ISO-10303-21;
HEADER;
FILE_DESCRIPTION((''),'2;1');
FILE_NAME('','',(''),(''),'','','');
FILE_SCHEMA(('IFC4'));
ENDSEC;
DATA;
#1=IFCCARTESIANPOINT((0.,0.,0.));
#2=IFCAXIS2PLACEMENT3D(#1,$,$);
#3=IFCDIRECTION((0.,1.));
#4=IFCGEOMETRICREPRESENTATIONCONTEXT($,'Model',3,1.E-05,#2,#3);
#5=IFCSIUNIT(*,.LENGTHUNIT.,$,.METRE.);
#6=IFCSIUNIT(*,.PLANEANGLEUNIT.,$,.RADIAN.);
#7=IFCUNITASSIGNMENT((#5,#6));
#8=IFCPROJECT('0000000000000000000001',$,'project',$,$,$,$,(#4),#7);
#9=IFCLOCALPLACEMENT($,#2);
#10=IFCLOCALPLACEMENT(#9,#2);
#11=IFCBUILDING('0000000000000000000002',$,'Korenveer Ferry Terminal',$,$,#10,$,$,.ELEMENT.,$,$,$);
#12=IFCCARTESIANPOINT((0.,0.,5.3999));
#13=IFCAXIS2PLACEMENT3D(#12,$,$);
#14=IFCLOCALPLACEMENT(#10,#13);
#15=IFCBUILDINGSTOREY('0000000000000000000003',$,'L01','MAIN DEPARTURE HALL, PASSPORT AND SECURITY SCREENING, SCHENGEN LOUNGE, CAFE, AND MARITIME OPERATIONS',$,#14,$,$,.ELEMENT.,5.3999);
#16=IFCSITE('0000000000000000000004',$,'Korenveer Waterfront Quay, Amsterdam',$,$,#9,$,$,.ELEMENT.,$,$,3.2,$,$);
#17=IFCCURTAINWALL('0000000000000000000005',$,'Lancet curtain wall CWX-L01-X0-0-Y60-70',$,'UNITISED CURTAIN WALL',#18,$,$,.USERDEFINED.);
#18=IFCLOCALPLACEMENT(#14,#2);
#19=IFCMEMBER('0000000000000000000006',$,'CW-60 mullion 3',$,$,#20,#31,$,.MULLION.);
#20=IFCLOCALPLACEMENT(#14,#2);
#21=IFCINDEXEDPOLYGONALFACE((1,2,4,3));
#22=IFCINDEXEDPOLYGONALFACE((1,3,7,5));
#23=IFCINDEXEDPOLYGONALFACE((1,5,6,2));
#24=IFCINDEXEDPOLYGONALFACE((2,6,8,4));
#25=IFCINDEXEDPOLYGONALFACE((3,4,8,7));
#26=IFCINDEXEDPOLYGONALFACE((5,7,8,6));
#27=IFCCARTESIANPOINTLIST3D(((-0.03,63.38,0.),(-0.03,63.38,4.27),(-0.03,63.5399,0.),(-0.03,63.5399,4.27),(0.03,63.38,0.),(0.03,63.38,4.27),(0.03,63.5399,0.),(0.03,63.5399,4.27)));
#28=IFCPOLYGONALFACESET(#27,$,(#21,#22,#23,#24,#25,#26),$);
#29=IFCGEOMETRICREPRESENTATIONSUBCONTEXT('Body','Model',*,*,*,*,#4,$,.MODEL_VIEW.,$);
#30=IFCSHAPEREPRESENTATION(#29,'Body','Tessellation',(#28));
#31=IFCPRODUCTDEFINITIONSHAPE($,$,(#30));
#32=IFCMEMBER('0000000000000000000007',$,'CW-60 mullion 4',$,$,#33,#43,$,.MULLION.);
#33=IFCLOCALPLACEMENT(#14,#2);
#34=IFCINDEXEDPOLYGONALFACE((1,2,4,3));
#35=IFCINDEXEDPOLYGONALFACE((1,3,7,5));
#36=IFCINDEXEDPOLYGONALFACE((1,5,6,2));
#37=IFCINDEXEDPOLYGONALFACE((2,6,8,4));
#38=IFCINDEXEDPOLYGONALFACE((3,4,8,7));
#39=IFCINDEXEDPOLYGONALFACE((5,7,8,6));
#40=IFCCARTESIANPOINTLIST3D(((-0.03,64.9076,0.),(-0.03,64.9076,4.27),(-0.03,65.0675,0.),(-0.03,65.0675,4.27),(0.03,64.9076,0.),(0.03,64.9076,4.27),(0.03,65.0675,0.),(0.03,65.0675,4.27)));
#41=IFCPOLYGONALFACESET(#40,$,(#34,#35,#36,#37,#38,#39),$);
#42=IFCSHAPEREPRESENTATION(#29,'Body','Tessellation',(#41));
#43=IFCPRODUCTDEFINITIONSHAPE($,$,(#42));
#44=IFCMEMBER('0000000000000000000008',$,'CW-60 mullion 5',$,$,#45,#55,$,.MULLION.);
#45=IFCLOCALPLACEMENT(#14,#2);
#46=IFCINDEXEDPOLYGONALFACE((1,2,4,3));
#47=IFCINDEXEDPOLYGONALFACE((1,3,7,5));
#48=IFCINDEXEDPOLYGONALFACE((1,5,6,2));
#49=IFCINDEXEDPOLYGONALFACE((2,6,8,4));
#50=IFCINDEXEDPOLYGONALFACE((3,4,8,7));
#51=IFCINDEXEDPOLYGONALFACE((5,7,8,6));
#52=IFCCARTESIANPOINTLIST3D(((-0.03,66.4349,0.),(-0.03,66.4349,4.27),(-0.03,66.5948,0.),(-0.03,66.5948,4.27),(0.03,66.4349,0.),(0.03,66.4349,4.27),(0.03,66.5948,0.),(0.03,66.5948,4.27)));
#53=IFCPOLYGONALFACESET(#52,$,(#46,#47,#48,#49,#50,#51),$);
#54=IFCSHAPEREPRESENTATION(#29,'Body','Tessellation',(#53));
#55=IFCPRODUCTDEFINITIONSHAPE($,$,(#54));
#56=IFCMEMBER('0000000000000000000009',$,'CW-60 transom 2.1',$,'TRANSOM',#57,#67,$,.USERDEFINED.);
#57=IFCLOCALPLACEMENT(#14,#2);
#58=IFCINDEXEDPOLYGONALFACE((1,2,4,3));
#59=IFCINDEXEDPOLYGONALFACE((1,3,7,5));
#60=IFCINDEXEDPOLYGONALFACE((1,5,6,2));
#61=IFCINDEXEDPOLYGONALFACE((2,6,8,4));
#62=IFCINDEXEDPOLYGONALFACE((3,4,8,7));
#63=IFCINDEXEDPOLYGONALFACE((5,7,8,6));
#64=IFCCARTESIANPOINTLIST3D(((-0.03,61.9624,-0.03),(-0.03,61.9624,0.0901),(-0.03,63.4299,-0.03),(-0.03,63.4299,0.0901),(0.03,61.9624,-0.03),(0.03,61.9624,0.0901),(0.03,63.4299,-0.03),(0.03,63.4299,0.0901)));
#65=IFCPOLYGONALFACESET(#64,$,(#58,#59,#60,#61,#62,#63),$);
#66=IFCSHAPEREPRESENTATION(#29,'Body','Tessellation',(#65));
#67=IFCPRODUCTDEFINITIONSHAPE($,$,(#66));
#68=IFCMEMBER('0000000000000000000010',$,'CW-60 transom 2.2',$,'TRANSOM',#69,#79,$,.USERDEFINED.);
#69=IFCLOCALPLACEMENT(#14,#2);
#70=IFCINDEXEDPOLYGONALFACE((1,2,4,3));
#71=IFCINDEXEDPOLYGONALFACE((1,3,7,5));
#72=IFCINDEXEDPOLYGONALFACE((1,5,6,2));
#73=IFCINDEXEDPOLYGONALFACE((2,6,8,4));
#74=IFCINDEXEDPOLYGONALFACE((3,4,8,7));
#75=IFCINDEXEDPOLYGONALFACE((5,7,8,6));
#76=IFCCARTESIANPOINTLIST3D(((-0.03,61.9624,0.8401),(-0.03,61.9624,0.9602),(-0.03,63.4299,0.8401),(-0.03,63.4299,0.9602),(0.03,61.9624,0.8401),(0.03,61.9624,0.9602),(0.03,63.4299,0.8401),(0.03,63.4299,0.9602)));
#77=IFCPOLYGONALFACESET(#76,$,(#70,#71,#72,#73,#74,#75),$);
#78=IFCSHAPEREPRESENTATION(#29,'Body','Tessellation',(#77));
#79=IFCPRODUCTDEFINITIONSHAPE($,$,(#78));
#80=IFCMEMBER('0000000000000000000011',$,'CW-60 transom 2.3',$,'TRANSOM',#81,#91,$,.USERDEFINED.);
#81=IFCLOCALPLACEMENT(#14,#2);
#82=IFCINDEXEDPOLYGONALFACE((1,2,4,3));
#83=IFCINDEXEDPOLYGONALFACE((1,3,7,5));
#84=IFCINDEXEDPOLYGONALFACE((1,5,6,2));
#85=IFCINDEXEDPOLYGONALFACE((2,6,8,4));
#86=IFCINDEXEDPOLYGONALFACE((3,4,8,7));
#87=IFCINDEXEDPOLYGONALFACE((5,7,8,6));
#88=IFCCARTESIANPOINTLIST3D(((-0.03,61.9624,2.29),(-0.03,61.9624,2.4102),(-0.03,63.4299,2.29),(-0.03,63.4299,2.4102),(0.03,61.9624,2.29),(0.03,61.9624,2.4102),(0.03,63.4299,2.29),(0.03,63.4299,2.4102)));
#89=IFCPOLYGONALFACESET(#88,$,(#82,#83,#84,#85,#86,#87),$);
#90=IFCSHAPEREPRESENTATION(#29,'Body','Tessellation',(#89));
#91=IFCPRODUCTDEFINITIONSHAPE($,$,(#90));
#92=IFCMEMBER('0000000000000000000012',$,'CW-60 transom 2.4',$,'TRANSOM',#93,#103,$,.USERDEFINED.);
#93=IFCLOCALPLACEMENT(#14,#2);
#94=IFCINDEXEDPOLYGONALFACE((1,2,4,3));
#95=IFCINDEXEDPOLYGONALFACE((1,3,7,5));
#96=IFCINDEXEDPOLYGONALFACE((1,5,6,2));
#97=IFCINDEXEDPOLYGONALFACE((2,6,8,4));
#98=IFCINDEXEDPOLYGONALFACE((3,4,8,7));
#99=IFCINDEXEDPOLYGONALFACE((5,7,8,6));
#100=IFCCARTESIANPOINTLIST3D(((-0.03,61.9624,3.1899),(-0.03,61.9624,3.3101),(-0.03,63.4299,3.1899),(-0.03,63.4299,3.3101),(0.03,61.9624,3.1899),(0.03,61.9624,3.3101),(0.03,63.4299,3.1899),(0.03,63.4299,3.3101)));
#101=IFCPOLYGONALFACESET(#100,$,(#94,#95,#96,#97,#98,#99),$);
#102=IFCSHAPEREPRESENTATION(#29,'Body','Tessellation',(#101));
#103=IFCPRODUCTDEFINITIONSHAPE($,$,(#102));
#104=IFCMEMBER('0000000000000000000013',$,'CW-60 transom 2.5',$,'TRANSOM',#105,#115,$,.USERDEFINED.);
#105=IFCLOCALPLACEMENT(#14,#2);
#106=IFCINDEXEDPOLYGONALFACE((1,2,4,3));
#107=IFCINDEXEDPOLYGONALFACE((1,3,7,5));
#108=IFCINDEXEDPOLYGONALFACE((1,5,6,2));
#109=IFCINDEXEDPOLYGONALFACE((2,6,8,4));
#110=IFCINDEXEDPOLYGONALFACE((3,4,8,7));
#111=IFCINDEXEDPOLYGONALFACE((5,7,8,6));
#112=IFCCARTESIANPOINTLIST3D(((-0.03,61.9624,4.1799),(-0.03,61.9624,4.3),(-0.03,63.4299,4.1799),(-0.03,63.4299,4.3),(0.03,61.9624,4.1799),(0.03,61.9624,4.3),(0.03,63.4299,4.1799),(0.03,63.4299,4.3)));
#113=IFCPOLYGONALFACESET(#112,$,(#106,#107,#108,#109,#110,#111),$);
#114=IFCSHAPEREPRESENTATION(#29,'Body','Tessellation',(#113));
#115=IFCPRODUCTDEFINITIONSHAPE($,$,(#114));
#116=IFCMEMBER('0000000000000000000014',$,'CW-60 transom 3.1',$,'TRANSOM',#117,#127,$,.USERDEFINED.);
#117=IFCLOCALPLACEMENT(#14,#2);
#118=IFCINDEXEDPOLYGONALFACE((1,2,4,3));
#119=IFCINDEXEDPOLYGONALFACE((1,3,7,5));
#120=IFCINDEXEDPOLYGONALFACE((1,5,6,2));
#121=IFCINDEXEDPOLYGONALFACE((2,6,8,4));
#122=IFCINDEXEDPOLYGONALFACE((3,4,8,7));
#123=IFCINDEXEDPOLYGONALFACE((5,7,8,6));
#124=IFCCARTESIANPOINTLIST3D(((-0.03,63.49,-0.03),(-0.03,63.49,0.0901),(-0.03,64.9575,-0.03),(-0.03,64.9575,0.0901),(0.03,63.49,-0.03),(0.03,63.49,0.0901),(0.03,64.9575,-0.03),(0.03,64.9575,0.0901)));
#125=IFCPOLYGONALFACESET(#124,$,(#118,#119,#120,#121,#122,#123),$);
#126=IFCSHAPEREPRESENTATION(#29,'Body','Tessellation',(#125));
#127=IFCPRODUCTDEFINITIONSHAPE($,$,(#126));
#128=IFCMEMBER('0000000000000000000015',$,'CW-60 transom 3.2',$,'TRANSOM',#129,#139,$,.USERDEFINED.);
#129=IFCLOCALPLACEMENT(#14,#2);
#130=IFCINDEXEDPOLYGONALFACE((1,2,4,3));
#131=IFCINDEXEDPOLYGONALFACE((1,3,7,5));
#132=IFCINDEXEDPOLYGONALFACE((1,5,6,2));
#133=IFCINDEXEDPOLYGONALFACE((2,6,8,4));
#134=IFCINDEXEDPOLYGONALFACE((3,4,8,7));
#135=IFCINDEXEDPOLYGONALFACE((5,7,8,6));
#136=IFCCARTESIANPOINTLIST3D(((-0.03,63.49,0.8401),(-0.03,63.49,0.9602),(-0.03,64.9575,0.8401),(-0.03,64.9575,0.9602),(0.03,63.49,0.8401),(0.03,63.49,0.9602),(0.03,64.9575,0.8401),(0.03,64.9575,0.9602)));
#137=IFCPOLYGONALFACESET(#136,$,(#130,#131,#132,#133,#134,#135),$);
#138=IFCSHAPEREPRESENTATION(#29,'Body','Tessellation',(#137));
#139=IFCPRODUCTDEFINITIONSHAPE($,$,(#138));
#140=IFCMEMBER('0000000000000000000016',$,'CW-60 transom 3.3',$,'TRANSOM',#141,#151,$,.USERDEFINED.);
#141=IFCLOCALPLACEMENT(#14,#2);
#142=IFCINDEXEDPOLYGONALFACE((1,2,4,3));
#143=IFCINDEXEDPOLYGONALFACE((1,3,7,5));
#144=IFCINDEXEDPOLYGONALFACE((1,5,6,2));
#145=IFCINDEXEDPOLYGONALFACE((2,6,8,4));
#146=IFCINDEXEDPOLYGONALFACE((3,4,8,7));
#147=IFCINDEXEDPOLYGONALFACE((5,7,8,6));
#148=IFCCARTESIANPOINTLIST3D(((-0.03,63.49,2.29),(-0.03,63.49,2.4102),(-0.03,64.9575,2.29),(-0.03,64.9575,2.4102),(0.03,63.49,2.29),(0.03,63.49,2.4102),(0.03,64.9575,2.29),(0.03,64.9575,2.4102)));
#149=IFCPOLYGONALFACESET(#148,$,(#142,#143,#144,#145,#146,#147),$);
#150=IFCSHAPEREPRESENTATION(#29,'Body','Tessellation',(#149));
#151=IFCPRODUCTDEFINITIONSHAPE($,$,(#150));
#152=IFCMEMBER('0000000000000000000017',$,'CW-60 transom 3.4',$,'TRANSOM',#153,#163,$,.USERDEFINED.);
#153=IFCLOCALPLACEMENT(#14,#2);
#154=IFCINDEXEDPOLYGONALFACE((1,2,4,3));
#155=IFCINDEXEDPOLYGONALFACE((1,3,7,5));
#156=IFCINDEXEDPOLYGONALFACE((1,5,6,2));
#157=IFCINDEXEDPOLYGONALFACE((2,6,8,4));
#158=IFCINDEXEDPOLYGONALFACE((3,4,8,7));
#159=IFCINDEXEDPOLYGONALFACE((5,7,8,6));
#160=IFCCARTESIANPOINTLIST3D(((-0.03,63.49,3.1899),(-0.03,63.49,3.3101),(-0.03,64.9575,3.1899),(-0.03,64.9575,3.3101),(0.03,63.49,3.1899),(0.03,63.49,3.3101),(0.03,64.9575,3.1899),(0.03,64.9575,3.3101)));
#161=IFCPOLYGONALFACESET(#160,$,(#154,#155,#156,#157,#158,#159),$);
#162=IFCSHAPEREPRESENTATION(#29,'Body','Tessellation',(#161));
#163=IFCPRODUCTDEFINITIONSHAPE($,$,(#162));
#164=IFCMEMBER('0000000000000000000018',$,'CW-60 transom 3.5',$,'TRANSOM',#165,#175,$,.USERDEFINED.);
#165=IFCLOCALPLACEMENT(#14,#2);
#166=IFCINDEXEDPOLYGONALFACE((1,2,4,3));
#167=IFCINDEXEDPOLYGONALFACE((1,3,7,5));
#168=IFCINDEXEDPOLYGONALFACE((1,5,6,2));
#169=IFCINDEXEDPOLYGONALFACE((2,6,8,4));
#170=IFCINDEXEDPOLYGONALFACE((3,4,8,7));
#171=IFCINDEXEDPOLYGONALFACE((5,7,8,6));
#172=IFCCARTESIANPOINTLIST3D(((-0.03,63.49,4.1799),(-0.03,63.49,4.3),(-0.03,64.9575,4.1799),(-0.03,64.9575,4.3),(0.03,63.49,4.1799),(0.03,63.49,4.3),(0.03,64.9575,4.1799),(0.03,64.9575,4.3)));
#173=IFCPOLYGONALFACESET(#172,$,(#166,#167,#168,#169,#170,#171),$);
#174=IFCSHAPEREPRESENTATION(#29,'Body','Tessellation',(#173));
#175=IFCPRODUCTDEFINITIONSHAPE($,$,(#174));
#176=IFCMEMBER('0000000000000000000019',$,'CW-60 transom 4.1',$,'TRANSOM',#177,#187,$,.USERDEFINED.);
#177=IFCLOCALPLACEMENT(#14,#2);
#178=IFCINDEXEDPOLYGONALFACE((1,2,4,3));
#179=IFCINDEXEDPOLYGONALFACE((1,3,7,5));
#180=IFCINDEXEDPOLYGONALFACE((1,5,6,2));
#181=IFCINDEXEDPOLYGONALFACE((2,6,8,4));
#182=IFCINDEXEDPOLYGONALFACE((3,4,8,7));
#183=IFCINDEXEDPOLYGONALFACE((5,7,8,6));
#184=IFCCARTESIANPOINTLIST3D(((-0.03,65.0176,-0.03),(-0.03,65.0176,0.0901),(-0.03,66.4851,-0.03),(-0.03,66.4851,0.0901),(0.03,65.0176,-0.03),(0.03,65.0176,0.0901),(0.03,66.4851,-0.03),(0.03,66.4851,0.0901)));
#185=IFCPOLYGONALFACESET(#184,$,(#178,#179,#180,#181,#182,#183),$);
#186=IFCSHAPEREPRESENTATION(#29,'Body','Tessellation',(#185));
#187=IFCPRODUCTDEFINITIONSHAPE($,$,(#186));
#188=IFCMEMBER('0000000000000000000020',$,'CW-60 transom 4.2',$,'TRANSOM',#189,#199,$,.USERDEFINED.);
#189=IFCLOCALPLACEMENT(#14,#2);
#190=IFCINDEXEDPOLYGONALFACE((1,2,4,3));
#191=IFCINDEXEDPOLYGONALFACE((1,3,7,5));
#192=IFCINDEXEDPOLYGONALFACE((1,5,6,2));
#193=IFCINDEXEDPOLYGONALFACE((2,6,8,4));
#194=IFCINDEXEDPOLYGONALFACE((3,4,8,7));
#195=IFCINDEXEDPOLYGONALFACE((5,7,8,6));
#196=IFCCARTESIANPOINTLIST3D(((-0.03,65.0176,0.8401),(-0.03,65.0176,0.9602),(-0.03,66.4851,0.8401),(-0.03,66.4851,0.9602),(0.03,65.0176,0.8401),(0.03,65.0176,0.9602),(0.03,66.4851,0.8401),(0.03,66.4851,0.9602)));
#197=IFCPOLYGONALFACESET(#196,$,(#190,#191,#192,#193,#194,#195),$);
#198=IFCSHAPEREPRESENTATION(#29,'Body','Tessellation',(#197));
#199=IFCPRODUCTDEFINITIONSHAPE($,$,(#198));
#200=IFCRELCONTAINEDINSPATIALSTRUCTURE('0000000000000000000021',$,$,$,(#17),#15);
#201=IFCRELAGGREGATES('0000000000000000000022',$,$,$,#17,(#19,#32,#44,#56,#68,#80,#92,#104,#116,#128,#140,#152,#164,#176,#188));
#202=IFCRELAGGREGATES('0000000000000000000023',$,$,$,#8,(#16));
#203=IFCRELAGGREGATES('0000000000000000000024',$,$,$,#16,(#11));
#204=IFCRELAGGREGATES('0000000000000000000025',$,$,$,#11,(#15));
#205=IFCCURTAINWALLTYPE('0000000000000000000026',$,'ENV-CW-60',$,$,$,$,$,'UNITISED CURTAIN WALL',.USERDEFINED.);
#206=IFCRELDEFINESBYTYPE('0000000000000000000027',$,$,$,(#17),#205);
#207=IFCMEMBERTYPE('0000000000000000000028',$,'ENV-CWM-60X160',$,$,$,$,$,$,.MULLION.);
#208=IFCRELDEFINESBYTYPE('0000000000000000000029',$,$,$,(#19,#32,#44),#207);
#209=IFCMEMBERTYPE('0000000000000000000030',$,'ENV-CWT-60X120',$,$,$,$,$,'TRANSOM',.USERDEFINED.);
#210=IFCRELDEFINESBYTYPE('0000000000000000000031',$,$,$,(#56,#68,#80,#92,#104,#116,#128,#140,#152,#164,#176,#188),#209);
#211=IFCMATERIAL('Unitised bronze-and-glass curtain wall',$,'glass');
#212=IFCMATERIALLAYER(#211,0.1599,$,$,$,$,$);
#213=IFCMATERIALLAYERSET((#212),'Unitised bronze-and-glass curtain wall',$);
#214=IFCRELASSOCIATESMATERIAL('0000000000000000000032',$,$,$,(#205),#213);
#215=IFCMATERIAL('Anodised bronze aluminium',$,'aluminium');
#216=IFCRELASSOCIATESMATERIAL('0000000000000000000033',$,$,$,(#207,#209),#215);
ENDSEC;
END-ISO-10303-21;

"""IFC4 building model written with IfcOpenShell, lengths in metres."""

from ifc_helpers import new_model, si_unit, direction, frame, origin, origin_2d, place, context, subcontext, project, spatial, rectangle, extrude, material, layer, layer_set, material_profile, profile_set, type_object, element, aggregate, save


model = new_model("IFC4")

# Units and contexts
model_context = context("Model", 3, precision=1e-05, world=origin(), true_north=direction((0.0, 1.0)))
body_context = subcontext(model_context, "Body", "Model", "MODEL_VIEW")
ifc_project = project(units=[si_unit("LENGTHUNIT", "METRE"), si_unit("PLANEANGLEUNIT", "RADIAN")], contexts=[model_context])

# Site, building, storey
site_placement = place(None, origin())
site = spatial("IfcSite", under=ifc_project, at=site_placement, Name="Korenveer Waterfront Quay, Amsterdam", CompositionType="ELEMENT", RefElevation=3.2)
building_placement = place(site_placement, origin())
building = spatial("IfcBuilding", under=site, at=building_placement, Name="Korenveer Ferry Terminal", CompositionType="ELEMENT")
storey_placement = place(building_placement, frame((0.0, 0.0, 5.3999)))
storey = spatial("IfcBuildingStorey", under=building, at=storey_placement, Name="L01", Description="MAIN DEPARTURE HALL, PASSPORT AND SECURITY SCREENING, SCHENGEN LOUNGE, CAFE, AND MARITIME OPERATIONS", CompositionType="ELEMENT", Elevation=5.3999)

# Curtain wall, members
ifc_material_1 = material(Name="Unitised bronze-and-glass curtain wall", Category="glass")
ifc_layer_1 = layer(ifc_material_1, 0.1599)
ifc_layer_set_1 = layer_set([ifc_layer_1], Name="Unitised bronze-and-glass curtain wall")
curtain_wall_type = type_object("IfcCurtainWallType", Name="ENV-CW-60", ElementType="UNITISED CURTAIN WALL", PredefinedType="USERDEFINED", material=ifc_layer_set_1)
curtain_wall_placement = place(storey_placement, frame((0.0, 60.405, 0.0)))
curtain_wall = element("IfcCurtainWall", 1, at=curtain_wall_placement, inside=storey, type_object=curtain_wall_type, Name="Lancet curtain wall CWX-L01-X0-0-Y60-70", ObjectType="UNITISED CURTAIN WALL", PredefinedType="USERDEFINED")
ifc_material_2 = material(Name="Anodised bronze aluminium", Category="aluminium")
ifc_material_profile_1 = material_profile(ifc_material_2, rectangle(XDim=0.0601, YDim=0.1599, at=origin_2d()), Name="ALU 60x160")
ifc_profile_set_1 = profile_set([ifc_material_profile_1], Name="Anodised bronze aluminium")
member_type_1 = type_object("IfcMemberType", Name="ENV-CWM-60X160", PredefinedType="MULLION", material=ifc_profile_set_1)
member_1_placement = place(storey_placement, frame((0.0, 63.46, 0.0), z_axis=(0.0, 0.0, 1.0), x_axis=(-1.0, 0.0, 0.0)))
member_1 = element("IfcMember", 2, at=member_1_placement, type_object=member_type_1, Name="CW-60 mullion 3", PredefinedType="MULLION", context=body_context, shape_type="SweptSolid", body=[
    extrude(rectangle(XDim=0.0601, YDim=0.1599, at=origin_2d()), origin(), (0.0, 0.0, 1.0), 4.27),
])
member_2_placement = place(storey_placement, frame((0.0, 64.9875, 0.0), z_axis=(0.0, 0.0, 1.0), x_axis=(-1.0, 0.0, 0.0)))
member_2 = element("IfcMember", 3, at=member_2_placement, type_object=member_type_1, Name="CW-60 mullion 4", PredefinedType="MULLION", context=body_context, shape_type="SweptSolid", body=[
    extrude(rectangle(XDim=0.0601, YDim=0.1599, at=origin_2d()), origin(), (0.0, 0.0, 1.0), 4.27),
])
member_3_placement = place(storey_placement, frame((0.0, 66.5149, 0.0), z_axis=(0.0, 0.0, 1.0), x_axis=(-1.0, 0.0, 0.0)))
member_3 = element("IfcMember", 4, at=member_3_placement, type_object=member_type_1, Name="CW-60 mullion 5", PredefinedType="MULLION", context=body_context, shape_type="SweptSolid", body=[
    extrude(rectangle(XDim=0.0601, YDim=0.1599, at=origin_2d()), origin(), (0.0, 0.0, 1.0), 4.27),
])
ifc_material_profile_2 = material_profile(ifc_material_2, rectangle(XDim=0.0601, YDim=0.1201, at=origin_2d()), Name="ALU 60x120")
ifc_profile_set_2 = profile_set([ifc_material_profile_2], Name="Anodised bronze aluminium")
member_type_2 = type_object("IfcMemberType", Name="ENV-CWT-60X120", ElementType="TRANSOM", PredefinedType="USERDEFINED", material=ifc_profile_set_2)
member_4_placement = place(storey_placement, frame((0.0, 61.9624, 0.03), z_axis=(0.0, 1.0, 0.0), x_axis=(-1.0, 0.0, 0.0)))
member_4 = element("IfcMember", 5, at=member_4_placement, type_object=member_type_2, Name="CW-60 transom 2.1", ObjectType="TRANSOM", PredefinedType="USERDEFINED", context=body_context, shape_type="SweptSolid", body=[
    extrude(rectangle(XDim=0.0601, YDim=0.1201, at=origin_2d()), origin(), (0.0, 0.0, 1.0), 1.4675),
])
member_5_placement = place(storey_placement, frame((0.0, 61.9624, 0.9001), z_axis=(0.0, 1.0, 0.0), x_axis=(-1.0, 0.0, 0.0)))
member_5 = element("IfcMember", 6, at=member_5_placement, type_object=member_type_2, Name="CW-60 transom 2.2", ObjectType="TRANSOM", PredefinedType="USERDEFINED", context=body_context, shape_type="SweptSolid", body=[
    extrude(rectangle(XDim=0.0601, YDim=0.1201, at=origin_2d()), origin(), (0.0, 0.0, 1.0), 1.4675),
])
member_6_placement = place(storey_placement, frame((0.0, 61.9624, 2.3501), z_axis=(0.0, 1.0, 0.0), x_axis=(-1.0, 0.0, 0.0)))
member_6 = element("IfcMember", 7, at=member_6_placement, type_object=member_type_2, Name="CW-60 transom 2.3", ObjectType="TRANSOM", PredefinedType="USERDEFINED", context=body_context, shape_type="SweptSolid", body=[
    extrude(rectangle(XDim=0.0601, YDim=0.1201, at=origin_2d()), origin(), (0.0, 0.0, 1.0), 1.4675),
])
member_7_placement = place(storey_placement, frame((0.0, 61.9624, 3.25), z_axis=(0.0, 1.0, 0.0), x_axis=(-1.0, 0.0, 0.0)))
member_7 = element("IfcMember", 8, at=member_7_placement, type_object=member_type_2, Name="CW-60 transom 2.4", ObjectType="TRANSOM", PredefinedType="USERDEFINED", context=body_context, shape_type="SweptSolid", body=[
    extrude(rectangle(XDim=0.0601, YDim=0.1201, at=origin_2d()), origin(), (0.0, 0.0, 1.0), 1.4675),
])
member_8_placement = place(storey_placement, frame((0.0, 61.9624, 4.24), z_axis=(0.0, 1.0, 0.0), x_axis=(-1.0, 0.0, 0.0)))
member_8 = element("IfcMember", 9, at=member_8_placement, type_object=member_type_2, Name="CW-60 transom 2.5", ObjectType="TRANSOM", PredefinedType="USERDEFINED", context=body_context, shape_type="SweptSolid", body=[
    extrude(rectangle(XDim=0.0601, YDim=0.1201, at=origin_2d()), origin(), (0.0, 0.0, 1.0), 1.4675),
])
member_9_placement = place(storey_placement, frame((0.0, 63.49, 0.03), z_axis=(0.0, 1.0, 0.0), x_axis=(-1.0, 0.0, 0.0)))
member_9 = element("IfcMember", 10, at=member_9_placement, type_object=member_type_2, Name="CW-60 transom 3.1", ObjectType="TRANSOM", PredefinedType="USERDEFINED", context=body_context, shape_type="SweptSolid", body=[
    extrude(rectangle(XDim=0.0601, YDim=0.1201, at=origin_2d()), origin(), (0.0, 0.0, 1.0), 1.4675),
])
member_10_placement = place(storey_placement, frame((0.0, 63.49, 0.9001), z_axis=(0.0, 1.0, 0.0), x_axis=(-1.0, 0.0, 0.0)))
member_10 = element("IfcMember", 11, at=member_10_placement, type_object=member_type_2, Name="CW-60 transom 3.2", ObjectType="TRANSOM", PredefinedType="USERDEFINED", context=body_context, shape_type="SweptSolid", body=[
    extrude(rectangle(XDim=0.0601, YDim=0.1201, at=origin_2d()), origin(), (0.0, 0.0, 1.0), 1.4675),
])
member_11_placement = place(storey_placement, frame((0.0, 63.49, 2.3501), z_axis=(0.0, 1.0, 0.0), x_axis=(-1.0, 0.0, 0.0)))
member_11 = element("IfcMember", 12, at=member_11_placement, type_object=member_type_2, Name="CW-60 transom 3.3", ObjectType="TRANSOM", PredefinedType="USERDEFINED", context=body_context, shape_type="SweptSolid", body=[
    extrude(rectangle(XDim=0.0601, YDim=0.1201, at=origin_2d()), origin(), (0.0, 0.0, 1.0), 1.4675),
])
member_12_placement = place(storey_placement, frame((0.0, 63.49, 3.25), z_axis=(0.0, 1.0, 0.0), x_axis=(-1.0, 0.0, 0.0)))
member_12 = element("IfcMember", 13, at=member_12_placement, type_object=member_type_2, Name="CW-60 transom 3.4", ObjectType="TRANSOM", PredefinedType="USERDEFINED", context=body_context, shape_type="SweptSolid", body=[
    extrude(rectangle(XDim=0.0601, YDim=0.1201, at=origin_2d()), origin(), (0.0, 0.0, 1.0), 1.4675),
])
member_13_placement = place(storey_placement, frame((0.0, 63.49, 4.24), z_axis=(0.0, 1.0, 0.0), x_axis=(-1.0, 0.0, 0.0)))
member_13 = element("IfcMember", 14, at=member_13_placement, type_object=member_type_2, Name="CW-60 transom 3.5", ObjectType="TRANSOM", PredefinedType="USERDEFINED", context=body_context, shape_type="SweptSolid", body=[
    extrude(rectangle(XDim=0.0601, YDim=0.1201, at=origin_2d()), origin(), (0.0, 0.0, 1.0), 1.4675),
])
member_14_placement = place(storey_placement, frame((0.0, 65.0176, 0.03), z_axis=(0.0, 1.0, 0.0), x_axis=(-1.0, 0.0, 0.0)))
member_14 = element("IfcMember", 15, at=member_14_placement, type_object=member_type_2, Name="CW-60 transom 4.1", ObjectType="TRANSOM", PredefinedType="USERDEFINED", context=body_context, shape_type="SweptSolid", body=[
    extrude(rectangle(XDim=0.0601, YDim=0.1201, at=origin_2d()), origin(), (0.0, 0.0, 1.0), 1.4675),
])
member_15_placement = place(storey_placement, frame((0.0, 65.0176, 0.9001), z_axis=(0.0, 1.0, 0.0), x_axis=(-1.0, 0.0, 0.0)))
member_15 = element("IfcMember", 16, at=member_15_placement, type_object=member_type_2, Name="CW-60 transom 4.2", ObjectType="TRANSOM", PredefinedType="USERDEFINED", context=body_context, shape_type="SweptSolid", body=[
    extrude(rectangle(XDim=0.0601, YDim=0.1201, at=origin_2d()), origin(), (0.0, 0.0, 1.0), 1.4675),
])

aggregate(curtain_wall, [member_1, member_2, member_3, member_4, member_5, member_6, member_7, member_8, member_9, member_10, member_11, member_12, member_13, member_14, member_15])

save(model, "model.ifc")
